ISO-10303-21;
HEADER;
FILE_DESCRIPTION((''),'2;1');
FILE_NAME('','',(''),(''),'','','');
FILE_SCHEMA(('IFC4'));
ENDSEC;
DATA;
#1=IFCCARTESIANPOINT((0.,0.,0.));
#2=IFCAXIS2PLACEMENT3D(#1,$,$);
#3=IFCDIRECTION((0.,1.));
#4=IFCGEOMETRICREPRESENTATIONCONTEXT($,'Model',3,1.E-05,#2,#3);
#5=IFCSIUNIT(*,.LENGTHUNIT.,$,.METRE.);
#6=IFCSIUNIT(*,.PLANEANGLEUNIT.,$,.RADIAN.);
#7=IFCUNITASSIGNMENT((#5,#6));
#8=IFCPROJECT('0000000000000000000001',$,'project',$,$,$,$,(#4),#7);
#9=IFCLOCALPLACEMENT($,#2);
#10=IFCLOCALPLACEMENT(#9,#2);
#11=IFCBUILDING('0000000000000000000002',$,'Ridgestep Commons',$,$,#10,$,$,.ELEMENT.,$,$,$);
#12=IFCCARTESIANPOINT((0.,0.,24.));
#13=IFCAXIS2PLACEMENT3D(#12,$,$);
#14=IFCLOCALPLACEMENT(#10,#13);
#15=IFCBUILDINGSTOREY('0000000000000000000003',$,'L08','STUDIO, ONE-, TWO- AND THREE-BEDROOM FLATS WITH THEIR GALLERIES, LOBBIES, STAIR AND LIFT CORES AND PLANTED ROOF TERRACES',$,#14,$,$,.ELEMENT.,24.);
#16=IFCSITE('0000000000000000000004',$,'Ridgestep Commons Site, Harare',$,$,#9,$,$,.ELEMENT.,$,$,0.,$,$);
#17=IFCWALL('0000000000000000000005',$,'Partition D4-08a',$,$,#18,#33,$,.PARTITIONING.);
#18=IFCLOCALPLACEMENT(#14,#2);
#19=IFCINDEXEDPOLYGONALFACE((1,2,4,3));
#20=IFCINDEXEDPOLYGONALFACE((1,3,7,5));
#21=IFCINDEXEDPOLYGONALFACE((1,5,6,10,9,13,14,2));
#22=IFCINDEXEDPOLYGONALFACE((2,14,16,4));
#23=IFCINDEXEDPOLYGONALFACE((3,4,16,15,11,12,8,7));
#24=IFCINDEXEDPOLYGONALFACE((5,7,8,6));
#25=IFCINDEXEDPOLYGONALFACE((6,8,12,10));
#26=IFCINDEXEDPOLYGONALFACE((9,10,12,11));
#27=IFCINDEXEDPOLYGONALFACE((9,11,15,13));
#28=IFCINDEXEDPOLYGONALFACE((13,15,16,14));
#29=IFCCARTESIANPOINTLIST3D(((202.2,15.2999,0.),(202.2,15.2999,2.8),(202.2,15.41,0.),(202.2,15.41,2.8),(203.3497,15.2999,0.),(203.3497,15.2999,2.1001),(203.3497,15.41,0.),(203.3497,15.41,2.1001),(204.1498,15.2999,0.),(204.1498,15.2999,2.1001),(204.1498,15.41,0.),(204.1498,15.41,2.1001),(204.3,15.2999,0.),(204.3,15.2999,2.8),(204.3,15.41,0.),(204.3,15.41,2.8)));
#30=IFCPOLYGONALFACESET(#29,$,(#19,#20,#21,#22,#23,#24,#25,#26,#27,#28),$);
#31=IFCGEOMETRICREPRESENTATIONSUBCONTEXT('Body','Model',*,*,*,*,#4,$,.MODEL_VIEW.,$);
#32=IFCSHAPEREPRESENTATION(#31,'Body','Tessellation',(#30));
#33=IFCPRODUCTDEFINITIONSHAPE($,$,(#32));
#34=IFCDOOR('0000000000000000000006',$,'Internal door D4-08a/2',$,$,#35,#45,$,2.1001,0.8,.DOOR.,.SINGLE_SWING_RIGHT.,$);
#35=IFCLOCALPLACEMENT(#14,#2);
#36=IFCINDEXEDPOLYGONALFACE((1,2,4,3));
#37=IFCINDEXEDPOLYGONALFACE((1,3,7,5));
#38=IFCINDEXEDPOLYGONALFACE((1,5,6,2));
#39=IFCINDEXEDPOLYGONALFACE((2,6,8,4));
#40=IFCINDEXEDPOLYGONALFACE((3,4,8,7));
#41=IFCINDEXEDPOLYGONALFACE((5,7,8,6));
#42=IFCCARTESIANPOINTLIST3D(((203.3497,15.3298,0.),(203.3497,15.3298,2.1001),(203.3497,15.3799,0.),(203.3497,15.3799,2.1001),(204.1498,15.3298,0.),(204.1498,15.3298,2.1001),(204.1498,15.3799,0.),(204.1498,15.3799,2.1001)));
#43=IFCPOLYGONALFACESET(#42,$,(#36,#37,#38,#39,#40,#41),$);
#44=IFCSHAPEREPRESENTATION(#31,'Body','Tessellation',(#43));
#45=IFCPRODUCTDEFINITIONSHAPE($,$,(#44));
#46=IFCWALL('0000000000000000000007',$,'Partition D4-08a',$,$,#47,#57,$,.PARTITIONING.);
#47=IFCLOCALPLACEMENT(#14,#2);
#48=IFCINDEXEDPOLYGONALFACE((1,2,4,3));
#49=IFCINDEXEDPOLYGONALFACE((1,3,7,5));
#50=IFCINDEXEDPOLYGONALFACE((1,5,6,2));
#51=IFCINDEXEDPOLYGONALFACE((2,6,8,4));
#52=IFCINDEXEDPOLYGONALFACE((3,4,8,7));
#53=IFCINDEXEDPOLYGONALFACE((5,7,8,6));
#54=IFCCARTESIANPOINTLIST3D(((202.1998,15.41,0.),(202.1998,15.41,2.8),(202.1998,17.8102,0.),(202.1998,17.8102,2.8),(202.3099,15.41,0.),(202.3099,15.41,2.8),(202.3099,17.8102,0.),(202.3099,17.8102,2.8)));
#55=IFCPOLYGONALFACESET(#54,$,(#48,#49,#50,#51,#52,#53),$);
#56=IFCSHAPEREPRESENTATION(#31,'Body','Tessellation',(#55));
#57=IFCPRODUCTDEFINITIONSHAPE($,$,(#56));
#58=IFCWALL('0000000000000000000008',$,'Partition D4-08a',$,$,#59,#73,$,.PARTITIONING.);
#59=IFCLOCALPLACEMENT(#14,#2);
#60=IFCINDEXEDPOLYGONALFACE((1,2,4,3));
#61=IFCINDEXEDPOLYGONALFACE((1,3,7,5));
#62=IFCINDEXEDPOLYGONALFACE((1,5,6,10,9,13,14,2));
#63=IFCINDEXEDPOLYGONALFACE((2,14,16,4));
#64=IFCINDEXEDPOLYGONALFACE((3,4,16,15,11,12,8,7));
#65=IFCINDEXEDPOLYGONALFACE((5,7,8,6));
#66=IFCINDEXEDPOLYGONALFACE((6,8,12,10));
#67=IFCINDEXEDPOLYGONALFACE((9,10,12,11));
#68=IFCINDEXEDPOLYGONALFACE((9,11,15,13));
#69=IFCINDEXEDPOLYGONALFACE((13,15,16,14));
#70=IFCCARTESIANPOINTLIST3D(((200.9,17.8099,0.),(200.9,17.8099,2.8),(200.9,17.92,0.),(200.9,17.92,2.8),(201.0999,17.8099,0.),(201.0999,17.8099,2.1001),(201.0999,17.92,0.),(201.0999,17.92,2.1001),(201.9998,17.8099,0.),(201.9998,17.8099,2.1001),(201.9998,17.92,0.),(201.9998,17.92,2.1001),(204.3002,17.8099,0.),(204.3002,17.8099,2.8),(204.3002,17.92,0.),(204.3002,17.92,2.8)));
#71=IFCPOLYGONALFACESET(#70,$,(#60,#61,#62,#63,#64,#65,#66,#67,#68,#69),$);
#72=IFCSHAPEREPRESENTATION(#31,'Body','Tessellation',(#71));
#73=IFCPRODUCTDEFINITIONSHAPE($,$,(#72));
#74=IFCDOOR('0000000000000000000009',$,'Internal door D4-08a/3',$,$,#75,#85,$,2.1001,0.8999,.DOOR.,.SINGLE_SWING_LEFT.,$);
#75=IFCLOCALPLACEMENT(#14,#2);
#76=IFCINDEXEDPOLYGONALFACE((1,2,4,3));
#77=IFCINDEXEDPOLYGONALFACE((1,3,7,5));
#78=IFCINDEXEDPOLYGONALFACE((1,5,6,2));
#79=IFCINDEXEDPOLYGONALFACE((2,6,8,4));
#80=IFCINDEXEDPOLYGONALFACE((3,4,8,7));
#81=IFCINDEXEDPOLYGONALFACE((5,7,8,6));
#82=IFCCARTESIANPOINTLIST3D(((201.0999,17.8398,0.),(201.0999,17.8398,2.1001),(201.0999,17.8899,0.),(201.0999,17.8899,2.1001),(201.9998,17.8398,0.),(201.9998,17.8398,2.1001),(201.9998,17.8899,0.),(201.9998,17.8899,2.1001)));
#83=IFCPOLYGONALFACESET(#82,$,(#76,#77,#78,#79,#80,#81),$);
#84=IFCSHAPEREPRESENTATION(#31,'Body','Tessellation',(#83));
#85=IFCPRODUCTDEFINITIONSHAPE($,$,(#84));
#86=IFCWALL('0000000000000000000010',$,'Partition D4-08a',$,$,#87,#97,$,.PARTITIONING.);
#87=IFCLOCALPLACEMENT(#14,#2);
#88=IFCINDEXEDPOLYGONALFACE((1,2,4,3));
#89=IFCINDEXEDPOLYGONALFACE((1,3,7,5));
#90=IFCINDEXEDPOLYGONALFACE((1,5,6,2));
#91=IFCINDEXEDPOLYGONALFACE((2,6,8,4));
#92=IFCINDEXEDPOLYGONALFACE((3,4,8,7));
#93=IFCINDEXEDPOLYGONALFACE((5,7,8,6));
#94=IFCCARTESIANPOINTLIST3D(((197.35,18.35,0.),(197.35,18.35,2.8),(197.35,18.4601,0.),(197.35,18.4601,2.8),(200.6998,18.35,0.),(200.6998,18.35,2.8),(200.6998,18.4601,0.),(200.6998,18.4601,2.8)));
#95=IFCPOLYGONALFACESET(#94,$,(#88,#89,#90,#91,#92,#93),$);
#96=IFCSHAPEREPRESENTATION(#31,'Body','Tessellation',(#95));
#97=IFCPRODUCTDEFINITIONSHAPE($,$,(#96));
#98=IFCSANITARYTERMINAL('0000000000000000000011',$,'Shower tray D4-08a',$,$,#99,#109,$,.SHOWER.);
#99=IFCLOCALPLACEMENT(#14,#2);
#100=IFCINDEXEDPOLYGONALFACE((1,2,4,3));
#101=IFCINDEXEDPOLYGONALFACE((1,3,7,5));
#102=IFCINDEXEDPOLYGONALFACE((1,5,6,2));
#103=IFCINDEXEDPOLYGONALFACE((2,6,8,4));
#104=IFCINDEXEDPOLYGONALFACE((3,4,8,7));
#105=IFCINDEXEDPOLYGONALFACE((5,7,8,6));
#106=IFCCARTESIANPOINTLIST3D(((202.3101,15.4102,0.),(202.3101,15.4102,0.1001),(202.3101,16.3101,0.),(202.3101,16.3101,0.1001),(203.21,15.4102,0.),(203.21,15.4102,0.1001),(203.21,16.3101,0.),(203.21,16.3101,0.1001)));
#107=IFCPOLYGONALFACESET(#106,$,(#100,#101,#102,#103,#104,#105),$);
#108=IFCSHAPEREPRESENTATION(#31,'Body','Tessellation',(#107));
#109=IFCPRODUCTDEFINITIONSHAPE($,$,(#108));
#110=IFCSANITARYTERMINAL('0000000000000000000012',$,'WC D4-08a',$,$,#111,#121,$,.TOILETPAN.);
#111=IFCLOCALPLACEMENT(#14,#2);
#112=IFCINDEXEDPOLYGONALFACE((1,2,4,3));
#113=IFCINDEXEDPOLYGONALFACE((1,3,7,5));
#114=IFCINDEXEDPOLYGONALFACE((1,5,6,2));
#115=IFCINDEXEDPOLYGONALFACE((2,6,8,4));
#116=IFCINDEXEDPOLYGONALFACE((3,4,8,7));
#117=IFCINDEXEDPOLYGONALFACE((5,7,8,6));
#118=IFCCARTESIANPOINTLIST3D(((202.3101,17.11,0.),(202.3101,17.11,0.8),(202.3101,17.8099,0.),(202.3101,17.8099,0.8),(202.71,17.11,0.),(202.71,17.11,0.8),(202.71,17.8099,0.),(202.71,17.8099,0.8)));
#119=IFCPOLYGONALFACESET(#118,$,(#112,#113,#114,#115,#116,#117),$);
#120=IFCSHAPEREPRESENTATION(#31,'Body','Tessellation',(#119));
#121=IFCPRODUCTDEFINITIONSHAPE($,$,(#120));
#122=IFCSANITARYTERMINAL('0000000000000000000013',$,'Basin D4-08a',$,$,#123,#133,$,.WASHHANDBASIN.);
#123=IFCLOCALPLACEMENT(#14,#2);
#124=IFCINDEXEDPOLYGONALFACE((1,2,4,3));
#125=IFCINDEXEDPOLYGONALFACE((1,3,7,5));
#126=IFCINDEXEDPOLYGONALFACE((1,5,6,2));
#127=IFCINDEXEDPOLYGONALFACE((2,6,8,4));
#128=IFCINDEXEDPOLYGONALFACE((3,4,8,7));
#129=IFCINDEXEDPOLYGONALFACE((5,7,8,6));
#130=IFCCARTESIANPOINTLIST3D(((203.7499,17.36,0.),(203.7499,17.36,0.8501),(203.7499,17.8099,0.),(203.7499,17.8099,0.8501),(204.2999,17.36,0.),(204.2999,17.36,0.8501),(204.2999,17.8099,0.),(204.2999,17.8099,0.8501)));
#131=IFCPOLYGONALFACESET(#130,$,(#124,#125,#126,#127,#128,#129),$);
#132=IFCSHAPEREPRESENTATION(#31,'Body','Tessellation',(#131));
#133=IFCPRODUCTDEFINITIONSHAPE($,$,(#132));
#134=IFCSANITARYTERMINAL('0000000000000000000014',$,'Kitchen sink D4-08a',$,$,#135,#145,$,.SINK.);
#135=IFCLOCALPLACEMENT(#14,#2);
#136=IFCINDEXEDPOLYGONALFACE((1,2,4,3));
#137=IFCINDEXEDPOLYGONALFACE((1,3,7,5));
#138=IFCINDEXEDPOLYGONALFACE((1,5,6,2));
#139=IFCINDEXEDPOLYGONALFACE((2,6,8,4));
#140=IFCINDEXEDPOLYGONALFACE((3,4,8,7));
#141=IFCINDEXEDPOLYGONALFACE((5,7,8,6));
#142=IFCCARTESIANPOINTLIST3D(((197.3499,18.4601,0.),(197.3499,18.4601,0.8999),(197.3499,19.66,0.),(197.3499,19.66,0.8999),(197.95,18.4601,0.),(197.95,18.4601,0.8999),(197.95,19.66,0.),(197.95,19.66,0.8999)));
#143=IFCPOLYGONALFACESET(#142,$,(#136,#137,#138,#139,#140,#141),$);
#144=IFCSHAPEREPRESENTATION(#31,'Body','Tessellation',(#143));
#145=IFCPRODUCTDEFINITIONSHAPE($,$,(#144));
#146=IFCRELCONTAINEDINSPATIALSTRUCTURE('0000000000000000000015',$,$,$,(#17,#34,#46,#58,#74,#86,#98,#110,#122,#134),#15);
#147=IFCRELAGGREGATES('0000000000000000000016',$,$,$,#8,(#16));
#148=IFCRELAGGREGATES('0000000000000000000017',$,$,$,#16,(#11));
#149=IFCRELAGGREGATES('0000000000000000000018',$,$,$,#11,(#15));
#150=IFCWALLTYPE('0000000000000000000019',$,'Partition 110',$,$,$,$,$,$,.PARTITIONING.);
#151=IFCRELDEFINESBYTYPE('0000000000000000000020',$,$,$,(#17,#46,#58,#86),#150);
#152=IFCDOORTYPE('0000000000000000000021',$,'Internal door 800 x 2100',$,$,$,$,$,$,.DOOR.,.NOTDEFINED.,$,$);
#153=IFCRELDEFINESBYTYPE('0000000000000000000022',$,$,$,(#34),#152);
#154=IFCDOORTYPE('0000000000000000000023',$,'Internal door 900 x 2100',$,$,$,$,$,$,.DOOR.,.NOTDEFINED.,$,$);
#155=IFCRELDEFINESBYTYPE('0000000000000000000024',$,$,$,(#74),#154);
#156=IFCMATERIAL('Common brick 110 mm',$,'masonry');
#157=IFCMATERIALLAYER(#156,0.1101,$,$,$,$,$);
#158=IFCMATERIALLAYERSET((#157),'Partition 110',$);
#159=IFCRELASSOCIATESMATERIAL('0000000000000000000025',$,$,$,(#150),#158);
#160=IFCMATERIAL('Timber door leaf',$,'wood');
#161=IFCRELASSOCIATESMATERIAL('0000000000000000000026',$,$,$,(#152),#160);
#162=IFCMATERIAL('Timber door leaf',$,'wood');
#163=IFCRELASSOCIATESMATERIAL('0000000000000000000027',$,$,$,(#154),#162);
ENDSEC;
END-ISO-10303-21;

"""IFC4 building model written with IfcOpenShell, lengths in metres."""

from ifc_helpers import new_model, si_unit, direction, frame, frame_2d, origin, origin_2d, place, context, subcontext, project, spatial, rectangle, extrude, material, layer, layer_set, type_object, element, fill, save


model = new_model("IFC4")

# Units and contexts
model_context = context("Model", 3, precision=1e-05, world=origin(), true_north=direction((0.0, 1.0)))
body_context = subcontext(model_context, "Body", "Model", "MODEL_VIEW")
ifc_project = project(units=[si_unit("LENGTHUNIT", "METRE"), si_unit("PLANEANGLEUNIT", "RADIAN")], contexts=[model_context])

# Site, building, storey
site_placement = place(None, origin())
site = spatial("IfcSite", under=ifc_project, at=site_placement, Name="Ridgestep Commons Site, Harare", CompositionType="ELEMENT", RefElevation=0.0)
building_placement = place(site_placement, origin())
building = spatial("IfcBuilding", under=site, at=building_placement, Name="Ridgestep Commons", CompositionType="ELEMENT")
storey_placement = place(building_placement, frame((0.0, 0.0, 24.0)))
storey = spatial("IfcBuildingStorey", under=building, at=storey_placement, Name="L08", Description="STUDIO, ONE-, TWO- AND THREE-BEDROOM FLATS WITH THEIR GALLERIES, LOBBIES, STAIR AND LIFT CORES AND PLANTED ROOF TERRACES", CompositionType="ELEMENT", Elevation=24.0)

# Wall, opening, door
ifc_material_1 = material(Name="Common brick 110 mm", Category="masonry")
ifc_layer_1 = layer(ifc_material_1, 0.1101)
ifc_layer_set_1 = layer_set([ifc_layer_1], Name="Partition 110")
wall_type_1 = type_object("IfcWallType", Name="Partition 110", PredefinedType="PARTITIONING", material=ifc_layer_set_1)
wall_1_placement = place(storey_placement, frame((202.2, 15.355, 0.0), z_axis=(0.0, 0.0, 1.0), x_axis=(1.0, 0.0, 0.0)))
wall_1 = element("IfcWall", 1, at=wall_1_placement, inside=storey, type_object=wall_type_1, Name="Partition D4-08a", PredefinedType="PARTITIONING", context=body_context, shape_type="SweptSolid", body=[
    extrude(rectangle(XDim=2.1001, YDim=0.1101, at=frame_2d((1.05, 0.0))), origin(), (0.0, 0.0, 1.0), 2.8),
])
opening_1_placement = place(wall_1_placement, frame((1.1499, 0.0, 0.0)))
opening_1 = element("IfcOpeningElement", 2, at=opening_1_placement, cuts=wall_1, PredefinedType="OPENING", context=body_context, shape_type="SweptSolid", body=[
    extrude(rectangle(XDim=0.8, YDim=2.1001, at=frame_2d((0.3999, 1.05))), frame((0.0, 0.0649, 0.0), z_axis=(0.0, -1.0, 0.0), x_axis=(1.0, 0.0, 0.0)), (0.0, 0.0, 1.0), 0.1301),
])
ifc_material_2 = material(Name="Timber door leaf", Category="wood")
door_type_1 = type_object("IfcDoorType", Name="Internal door 800 x 2100", OperationType="NOTDEFINED", PredefinedType="DOOR", material=ifc_material_2)
door_1_placement = place(opening_1_placement, origin())
door_1 = element("IfcDoor", 3, at=door_1_placement, inside=storey, type_object=door_type_1, Name="Internal door D4-08a/2", OperationType="SINGLE_SWING_RIGHT", OverallHeight=2.1001, OverallWidth=0.8, PredefinedType="DOOR", context=body_context, shape_type="SweptSolid", body=[
    extrude(rectangle(XDim=0.8, YDim=2.1001, at=frame_2d((0.3999, 1.05))), frame((0.0, 0.0249, 0.0), z_axis=(0.0, -1.0, 0.0), x_axis=(1.0, 0.0, 0.0)), (0.0, 0.0, 1.0), 0.05),
])
fill(opening_1, door_1)

# Wall
wall_2_placement = place(storey_placement, frame((202.2549, 15.4099, 0.0), z_axis=(0.0, 0.0, 1.0), x_axis=(0.0, 1.0, 0.0)))
element("IfcWall", 4, at=wall_2_placement, inside=storey, type_object=wall_type_1, Name="Partition D4-08a", PredefinedType="PARTITIONING", context=body_context, shape_type="SweptSolid", body=[
    extrude(rectangle(XDim=2.4001, YDim=0.1101, at=frame_2d((1.2002, 0.0))), origin(), (0.0, 0.0, 1.0), 2.8),
])

# Wall, opening, door
wall_3_placement = place(storey_placement, frame((200.8999, 17.865, 0.0), z_axis=(0.0, 0.0, 1.0), x_axis=(1.0, 0.0, 0.0)))
wall_3 = element("IfcWall", 5, at=wall_3_placement, inside=storey, type_object=wall_type_1, Name="Partition D4-08a", PredefinedType="PARTITIONING", context=body_context, shape_type="SweptSolid", body=[
    extrude(rectangle(XDim=3.4001, YDim=0.1101, at=frame_2d((1.7002, 0.0))), origin(), (0.0, 0.0, 1.0), 2.8),
])
opening_2_placement = place(wall_3_placement, frame((0.2, 0.0, 0.0)))
opening_2 = element("IfcOpeningElement", 6, at=opening_2_placement, cuts=wall_3, PredefinedType="OPENING", context=body_context, shape_type="SweptSolid", body=[
    extrude(rectangle(XDim=0.8999, YDim=2.1001, at=frame_2d((0.45, 1.05))), frame((0.0, 0.0649, 0.0), z_axis=(0.0, -1.0, 0.0), x_axis=(1.0, 0.0, 0.0)), (0.0, 0.0, 1.0), 0.1301),
])
ifc_material_3 = material(Name="Timber door leaf", Category="wood")
door_type_2 = type_object("IfcDoorType", Name="Internal door 900 x 2100", OperationType="NOTDEFINED", PredefinedType="DOOR", material=ifc_material_3)
door_2_placement = place(opening_2_placement, origin())
door_2 = element("IfcDoor", 7, at=door_2_placement, inside=storey, type_object=door_type_2, Name="Internal door D4-08a/3", OperationType="SINGLE_SWING_LEFT", OverallHeight=2.1001, OverallWidth=0.8999, PredefinedType="DOOR", context=body_context, shape_type="SweptSolid", body=[
    extrude(rectangle(XDim=0.8999, YDim=2.1001, at=frame_2d((0.45, 1.05))), frame((0.0, 0.0249, 0.0), z_axis=(0.0, -1.0, 0.0), x_axis=(1.0, 0.0, 0.0)), (0.0, 0.0, 1.0), 0.05),
])
fill(opening_2, door_2)

# Wall
wall_4_placement = place(storey_placement, frame((197.3501, 18.405, 0.0), z_axis=(0.0, 0.0, 1.0), x_axis=(1.0, 0.0, 0.0)))
element("IfcWall", 8, at=wall_4_placement, inside=storey, type_object=wall_type_1, Name="Partition D4-08a", PredefinedType="PARTITIONING", context=body_context, shape_type="SweptSolid", body=[
    extrude(rectangle(XDim=3.3499, YDim=0.1101, at=frame_2d((1.6748, 0.0))), origin(), (0.0, 0.0, 1.0), 2.8),
])

# Sanitary terminals
sanitary_terminal_1_placement = place(storey_placement, frame((202.76, 15.8601, 0.0), z_axis=(0.0, 0.0, 1.0), x_axis=(1.0, 0.0, 0.0)))
element("IfcSanitaryTerminal", 9, at=sanitary_terminal_1_placement, inside=storey, Name="Shower tray D4-08a", PredefinedType="SHOWER", context=body_context, shape_type="SweptSolid", body=[
    extrude(rectangle(XDim=0.8999, YDim=0.8999, at=origin_2d()), origin(), (0.0, 0.0, 1.0), 0.1001),
])
sanitary_terminal_2_placement = place(storey_placement, frame((202.51, 17.46, 0.0), z_axis=(0.0, 0.0, 1.0), x_axis=(1.0, 0.0, 0.0)))
element("IfcSanitaryTerminal", 10, at=sanitary_terminal_2_placement, inside=storey, Name="WC D4-08a", PredefinedType="TOILETPAN", context=body_context, shape_type="SweptSolid", body=[
    extrude(rectangle(XDim=0.3999, YDim=0.7, at=origin_2d()), origin(), (0.0, 0.0, 1.0), 0.8),
])
sanitary_terminal_3_placement = place(storey_placement, frame((204.0249, 17.585, 0.0), z_axis=(0.0, 0.0, 1.0), x_axis=(1.0, 0.0, 0.0)))
element("IfcSanitaryTerminal", 11, at=sanitary_terminal_3_placement, inside=storey, Name="Basin D4-08a", PredefinedType="WASHHANDBASIN", context=body_context, shape_type="SweptSolid", body=[
    extrude(rectangle(XDim=0.55, YDim=0.45, at=origin_2d()), origin(), (0.0, 0.0, 1.0), 0.8501),
])
sanitary_terminal_4_placement = place(storey_placement, frame((197.6499, 19.0601, 0.0), z_axis=(0.0, 0.0, 1.0), x_axis=(1.0, 0.0, 0.0)))
element("IfcSanitaryTerminal", 12, at=sanitary_terminal_4_placement, inside=storey, Name="Kitchen sink D4-08a", PredefinedType="SINK", context=body_context, shape_type="SweptSolid", body=[
    extrude(rectangle(XDim=0.6001, YDim=1.2, at=origin_2d()), origin(), (0.0, 0.0, 1.0), 0.8999),
])

save(model, "model.ifc")
